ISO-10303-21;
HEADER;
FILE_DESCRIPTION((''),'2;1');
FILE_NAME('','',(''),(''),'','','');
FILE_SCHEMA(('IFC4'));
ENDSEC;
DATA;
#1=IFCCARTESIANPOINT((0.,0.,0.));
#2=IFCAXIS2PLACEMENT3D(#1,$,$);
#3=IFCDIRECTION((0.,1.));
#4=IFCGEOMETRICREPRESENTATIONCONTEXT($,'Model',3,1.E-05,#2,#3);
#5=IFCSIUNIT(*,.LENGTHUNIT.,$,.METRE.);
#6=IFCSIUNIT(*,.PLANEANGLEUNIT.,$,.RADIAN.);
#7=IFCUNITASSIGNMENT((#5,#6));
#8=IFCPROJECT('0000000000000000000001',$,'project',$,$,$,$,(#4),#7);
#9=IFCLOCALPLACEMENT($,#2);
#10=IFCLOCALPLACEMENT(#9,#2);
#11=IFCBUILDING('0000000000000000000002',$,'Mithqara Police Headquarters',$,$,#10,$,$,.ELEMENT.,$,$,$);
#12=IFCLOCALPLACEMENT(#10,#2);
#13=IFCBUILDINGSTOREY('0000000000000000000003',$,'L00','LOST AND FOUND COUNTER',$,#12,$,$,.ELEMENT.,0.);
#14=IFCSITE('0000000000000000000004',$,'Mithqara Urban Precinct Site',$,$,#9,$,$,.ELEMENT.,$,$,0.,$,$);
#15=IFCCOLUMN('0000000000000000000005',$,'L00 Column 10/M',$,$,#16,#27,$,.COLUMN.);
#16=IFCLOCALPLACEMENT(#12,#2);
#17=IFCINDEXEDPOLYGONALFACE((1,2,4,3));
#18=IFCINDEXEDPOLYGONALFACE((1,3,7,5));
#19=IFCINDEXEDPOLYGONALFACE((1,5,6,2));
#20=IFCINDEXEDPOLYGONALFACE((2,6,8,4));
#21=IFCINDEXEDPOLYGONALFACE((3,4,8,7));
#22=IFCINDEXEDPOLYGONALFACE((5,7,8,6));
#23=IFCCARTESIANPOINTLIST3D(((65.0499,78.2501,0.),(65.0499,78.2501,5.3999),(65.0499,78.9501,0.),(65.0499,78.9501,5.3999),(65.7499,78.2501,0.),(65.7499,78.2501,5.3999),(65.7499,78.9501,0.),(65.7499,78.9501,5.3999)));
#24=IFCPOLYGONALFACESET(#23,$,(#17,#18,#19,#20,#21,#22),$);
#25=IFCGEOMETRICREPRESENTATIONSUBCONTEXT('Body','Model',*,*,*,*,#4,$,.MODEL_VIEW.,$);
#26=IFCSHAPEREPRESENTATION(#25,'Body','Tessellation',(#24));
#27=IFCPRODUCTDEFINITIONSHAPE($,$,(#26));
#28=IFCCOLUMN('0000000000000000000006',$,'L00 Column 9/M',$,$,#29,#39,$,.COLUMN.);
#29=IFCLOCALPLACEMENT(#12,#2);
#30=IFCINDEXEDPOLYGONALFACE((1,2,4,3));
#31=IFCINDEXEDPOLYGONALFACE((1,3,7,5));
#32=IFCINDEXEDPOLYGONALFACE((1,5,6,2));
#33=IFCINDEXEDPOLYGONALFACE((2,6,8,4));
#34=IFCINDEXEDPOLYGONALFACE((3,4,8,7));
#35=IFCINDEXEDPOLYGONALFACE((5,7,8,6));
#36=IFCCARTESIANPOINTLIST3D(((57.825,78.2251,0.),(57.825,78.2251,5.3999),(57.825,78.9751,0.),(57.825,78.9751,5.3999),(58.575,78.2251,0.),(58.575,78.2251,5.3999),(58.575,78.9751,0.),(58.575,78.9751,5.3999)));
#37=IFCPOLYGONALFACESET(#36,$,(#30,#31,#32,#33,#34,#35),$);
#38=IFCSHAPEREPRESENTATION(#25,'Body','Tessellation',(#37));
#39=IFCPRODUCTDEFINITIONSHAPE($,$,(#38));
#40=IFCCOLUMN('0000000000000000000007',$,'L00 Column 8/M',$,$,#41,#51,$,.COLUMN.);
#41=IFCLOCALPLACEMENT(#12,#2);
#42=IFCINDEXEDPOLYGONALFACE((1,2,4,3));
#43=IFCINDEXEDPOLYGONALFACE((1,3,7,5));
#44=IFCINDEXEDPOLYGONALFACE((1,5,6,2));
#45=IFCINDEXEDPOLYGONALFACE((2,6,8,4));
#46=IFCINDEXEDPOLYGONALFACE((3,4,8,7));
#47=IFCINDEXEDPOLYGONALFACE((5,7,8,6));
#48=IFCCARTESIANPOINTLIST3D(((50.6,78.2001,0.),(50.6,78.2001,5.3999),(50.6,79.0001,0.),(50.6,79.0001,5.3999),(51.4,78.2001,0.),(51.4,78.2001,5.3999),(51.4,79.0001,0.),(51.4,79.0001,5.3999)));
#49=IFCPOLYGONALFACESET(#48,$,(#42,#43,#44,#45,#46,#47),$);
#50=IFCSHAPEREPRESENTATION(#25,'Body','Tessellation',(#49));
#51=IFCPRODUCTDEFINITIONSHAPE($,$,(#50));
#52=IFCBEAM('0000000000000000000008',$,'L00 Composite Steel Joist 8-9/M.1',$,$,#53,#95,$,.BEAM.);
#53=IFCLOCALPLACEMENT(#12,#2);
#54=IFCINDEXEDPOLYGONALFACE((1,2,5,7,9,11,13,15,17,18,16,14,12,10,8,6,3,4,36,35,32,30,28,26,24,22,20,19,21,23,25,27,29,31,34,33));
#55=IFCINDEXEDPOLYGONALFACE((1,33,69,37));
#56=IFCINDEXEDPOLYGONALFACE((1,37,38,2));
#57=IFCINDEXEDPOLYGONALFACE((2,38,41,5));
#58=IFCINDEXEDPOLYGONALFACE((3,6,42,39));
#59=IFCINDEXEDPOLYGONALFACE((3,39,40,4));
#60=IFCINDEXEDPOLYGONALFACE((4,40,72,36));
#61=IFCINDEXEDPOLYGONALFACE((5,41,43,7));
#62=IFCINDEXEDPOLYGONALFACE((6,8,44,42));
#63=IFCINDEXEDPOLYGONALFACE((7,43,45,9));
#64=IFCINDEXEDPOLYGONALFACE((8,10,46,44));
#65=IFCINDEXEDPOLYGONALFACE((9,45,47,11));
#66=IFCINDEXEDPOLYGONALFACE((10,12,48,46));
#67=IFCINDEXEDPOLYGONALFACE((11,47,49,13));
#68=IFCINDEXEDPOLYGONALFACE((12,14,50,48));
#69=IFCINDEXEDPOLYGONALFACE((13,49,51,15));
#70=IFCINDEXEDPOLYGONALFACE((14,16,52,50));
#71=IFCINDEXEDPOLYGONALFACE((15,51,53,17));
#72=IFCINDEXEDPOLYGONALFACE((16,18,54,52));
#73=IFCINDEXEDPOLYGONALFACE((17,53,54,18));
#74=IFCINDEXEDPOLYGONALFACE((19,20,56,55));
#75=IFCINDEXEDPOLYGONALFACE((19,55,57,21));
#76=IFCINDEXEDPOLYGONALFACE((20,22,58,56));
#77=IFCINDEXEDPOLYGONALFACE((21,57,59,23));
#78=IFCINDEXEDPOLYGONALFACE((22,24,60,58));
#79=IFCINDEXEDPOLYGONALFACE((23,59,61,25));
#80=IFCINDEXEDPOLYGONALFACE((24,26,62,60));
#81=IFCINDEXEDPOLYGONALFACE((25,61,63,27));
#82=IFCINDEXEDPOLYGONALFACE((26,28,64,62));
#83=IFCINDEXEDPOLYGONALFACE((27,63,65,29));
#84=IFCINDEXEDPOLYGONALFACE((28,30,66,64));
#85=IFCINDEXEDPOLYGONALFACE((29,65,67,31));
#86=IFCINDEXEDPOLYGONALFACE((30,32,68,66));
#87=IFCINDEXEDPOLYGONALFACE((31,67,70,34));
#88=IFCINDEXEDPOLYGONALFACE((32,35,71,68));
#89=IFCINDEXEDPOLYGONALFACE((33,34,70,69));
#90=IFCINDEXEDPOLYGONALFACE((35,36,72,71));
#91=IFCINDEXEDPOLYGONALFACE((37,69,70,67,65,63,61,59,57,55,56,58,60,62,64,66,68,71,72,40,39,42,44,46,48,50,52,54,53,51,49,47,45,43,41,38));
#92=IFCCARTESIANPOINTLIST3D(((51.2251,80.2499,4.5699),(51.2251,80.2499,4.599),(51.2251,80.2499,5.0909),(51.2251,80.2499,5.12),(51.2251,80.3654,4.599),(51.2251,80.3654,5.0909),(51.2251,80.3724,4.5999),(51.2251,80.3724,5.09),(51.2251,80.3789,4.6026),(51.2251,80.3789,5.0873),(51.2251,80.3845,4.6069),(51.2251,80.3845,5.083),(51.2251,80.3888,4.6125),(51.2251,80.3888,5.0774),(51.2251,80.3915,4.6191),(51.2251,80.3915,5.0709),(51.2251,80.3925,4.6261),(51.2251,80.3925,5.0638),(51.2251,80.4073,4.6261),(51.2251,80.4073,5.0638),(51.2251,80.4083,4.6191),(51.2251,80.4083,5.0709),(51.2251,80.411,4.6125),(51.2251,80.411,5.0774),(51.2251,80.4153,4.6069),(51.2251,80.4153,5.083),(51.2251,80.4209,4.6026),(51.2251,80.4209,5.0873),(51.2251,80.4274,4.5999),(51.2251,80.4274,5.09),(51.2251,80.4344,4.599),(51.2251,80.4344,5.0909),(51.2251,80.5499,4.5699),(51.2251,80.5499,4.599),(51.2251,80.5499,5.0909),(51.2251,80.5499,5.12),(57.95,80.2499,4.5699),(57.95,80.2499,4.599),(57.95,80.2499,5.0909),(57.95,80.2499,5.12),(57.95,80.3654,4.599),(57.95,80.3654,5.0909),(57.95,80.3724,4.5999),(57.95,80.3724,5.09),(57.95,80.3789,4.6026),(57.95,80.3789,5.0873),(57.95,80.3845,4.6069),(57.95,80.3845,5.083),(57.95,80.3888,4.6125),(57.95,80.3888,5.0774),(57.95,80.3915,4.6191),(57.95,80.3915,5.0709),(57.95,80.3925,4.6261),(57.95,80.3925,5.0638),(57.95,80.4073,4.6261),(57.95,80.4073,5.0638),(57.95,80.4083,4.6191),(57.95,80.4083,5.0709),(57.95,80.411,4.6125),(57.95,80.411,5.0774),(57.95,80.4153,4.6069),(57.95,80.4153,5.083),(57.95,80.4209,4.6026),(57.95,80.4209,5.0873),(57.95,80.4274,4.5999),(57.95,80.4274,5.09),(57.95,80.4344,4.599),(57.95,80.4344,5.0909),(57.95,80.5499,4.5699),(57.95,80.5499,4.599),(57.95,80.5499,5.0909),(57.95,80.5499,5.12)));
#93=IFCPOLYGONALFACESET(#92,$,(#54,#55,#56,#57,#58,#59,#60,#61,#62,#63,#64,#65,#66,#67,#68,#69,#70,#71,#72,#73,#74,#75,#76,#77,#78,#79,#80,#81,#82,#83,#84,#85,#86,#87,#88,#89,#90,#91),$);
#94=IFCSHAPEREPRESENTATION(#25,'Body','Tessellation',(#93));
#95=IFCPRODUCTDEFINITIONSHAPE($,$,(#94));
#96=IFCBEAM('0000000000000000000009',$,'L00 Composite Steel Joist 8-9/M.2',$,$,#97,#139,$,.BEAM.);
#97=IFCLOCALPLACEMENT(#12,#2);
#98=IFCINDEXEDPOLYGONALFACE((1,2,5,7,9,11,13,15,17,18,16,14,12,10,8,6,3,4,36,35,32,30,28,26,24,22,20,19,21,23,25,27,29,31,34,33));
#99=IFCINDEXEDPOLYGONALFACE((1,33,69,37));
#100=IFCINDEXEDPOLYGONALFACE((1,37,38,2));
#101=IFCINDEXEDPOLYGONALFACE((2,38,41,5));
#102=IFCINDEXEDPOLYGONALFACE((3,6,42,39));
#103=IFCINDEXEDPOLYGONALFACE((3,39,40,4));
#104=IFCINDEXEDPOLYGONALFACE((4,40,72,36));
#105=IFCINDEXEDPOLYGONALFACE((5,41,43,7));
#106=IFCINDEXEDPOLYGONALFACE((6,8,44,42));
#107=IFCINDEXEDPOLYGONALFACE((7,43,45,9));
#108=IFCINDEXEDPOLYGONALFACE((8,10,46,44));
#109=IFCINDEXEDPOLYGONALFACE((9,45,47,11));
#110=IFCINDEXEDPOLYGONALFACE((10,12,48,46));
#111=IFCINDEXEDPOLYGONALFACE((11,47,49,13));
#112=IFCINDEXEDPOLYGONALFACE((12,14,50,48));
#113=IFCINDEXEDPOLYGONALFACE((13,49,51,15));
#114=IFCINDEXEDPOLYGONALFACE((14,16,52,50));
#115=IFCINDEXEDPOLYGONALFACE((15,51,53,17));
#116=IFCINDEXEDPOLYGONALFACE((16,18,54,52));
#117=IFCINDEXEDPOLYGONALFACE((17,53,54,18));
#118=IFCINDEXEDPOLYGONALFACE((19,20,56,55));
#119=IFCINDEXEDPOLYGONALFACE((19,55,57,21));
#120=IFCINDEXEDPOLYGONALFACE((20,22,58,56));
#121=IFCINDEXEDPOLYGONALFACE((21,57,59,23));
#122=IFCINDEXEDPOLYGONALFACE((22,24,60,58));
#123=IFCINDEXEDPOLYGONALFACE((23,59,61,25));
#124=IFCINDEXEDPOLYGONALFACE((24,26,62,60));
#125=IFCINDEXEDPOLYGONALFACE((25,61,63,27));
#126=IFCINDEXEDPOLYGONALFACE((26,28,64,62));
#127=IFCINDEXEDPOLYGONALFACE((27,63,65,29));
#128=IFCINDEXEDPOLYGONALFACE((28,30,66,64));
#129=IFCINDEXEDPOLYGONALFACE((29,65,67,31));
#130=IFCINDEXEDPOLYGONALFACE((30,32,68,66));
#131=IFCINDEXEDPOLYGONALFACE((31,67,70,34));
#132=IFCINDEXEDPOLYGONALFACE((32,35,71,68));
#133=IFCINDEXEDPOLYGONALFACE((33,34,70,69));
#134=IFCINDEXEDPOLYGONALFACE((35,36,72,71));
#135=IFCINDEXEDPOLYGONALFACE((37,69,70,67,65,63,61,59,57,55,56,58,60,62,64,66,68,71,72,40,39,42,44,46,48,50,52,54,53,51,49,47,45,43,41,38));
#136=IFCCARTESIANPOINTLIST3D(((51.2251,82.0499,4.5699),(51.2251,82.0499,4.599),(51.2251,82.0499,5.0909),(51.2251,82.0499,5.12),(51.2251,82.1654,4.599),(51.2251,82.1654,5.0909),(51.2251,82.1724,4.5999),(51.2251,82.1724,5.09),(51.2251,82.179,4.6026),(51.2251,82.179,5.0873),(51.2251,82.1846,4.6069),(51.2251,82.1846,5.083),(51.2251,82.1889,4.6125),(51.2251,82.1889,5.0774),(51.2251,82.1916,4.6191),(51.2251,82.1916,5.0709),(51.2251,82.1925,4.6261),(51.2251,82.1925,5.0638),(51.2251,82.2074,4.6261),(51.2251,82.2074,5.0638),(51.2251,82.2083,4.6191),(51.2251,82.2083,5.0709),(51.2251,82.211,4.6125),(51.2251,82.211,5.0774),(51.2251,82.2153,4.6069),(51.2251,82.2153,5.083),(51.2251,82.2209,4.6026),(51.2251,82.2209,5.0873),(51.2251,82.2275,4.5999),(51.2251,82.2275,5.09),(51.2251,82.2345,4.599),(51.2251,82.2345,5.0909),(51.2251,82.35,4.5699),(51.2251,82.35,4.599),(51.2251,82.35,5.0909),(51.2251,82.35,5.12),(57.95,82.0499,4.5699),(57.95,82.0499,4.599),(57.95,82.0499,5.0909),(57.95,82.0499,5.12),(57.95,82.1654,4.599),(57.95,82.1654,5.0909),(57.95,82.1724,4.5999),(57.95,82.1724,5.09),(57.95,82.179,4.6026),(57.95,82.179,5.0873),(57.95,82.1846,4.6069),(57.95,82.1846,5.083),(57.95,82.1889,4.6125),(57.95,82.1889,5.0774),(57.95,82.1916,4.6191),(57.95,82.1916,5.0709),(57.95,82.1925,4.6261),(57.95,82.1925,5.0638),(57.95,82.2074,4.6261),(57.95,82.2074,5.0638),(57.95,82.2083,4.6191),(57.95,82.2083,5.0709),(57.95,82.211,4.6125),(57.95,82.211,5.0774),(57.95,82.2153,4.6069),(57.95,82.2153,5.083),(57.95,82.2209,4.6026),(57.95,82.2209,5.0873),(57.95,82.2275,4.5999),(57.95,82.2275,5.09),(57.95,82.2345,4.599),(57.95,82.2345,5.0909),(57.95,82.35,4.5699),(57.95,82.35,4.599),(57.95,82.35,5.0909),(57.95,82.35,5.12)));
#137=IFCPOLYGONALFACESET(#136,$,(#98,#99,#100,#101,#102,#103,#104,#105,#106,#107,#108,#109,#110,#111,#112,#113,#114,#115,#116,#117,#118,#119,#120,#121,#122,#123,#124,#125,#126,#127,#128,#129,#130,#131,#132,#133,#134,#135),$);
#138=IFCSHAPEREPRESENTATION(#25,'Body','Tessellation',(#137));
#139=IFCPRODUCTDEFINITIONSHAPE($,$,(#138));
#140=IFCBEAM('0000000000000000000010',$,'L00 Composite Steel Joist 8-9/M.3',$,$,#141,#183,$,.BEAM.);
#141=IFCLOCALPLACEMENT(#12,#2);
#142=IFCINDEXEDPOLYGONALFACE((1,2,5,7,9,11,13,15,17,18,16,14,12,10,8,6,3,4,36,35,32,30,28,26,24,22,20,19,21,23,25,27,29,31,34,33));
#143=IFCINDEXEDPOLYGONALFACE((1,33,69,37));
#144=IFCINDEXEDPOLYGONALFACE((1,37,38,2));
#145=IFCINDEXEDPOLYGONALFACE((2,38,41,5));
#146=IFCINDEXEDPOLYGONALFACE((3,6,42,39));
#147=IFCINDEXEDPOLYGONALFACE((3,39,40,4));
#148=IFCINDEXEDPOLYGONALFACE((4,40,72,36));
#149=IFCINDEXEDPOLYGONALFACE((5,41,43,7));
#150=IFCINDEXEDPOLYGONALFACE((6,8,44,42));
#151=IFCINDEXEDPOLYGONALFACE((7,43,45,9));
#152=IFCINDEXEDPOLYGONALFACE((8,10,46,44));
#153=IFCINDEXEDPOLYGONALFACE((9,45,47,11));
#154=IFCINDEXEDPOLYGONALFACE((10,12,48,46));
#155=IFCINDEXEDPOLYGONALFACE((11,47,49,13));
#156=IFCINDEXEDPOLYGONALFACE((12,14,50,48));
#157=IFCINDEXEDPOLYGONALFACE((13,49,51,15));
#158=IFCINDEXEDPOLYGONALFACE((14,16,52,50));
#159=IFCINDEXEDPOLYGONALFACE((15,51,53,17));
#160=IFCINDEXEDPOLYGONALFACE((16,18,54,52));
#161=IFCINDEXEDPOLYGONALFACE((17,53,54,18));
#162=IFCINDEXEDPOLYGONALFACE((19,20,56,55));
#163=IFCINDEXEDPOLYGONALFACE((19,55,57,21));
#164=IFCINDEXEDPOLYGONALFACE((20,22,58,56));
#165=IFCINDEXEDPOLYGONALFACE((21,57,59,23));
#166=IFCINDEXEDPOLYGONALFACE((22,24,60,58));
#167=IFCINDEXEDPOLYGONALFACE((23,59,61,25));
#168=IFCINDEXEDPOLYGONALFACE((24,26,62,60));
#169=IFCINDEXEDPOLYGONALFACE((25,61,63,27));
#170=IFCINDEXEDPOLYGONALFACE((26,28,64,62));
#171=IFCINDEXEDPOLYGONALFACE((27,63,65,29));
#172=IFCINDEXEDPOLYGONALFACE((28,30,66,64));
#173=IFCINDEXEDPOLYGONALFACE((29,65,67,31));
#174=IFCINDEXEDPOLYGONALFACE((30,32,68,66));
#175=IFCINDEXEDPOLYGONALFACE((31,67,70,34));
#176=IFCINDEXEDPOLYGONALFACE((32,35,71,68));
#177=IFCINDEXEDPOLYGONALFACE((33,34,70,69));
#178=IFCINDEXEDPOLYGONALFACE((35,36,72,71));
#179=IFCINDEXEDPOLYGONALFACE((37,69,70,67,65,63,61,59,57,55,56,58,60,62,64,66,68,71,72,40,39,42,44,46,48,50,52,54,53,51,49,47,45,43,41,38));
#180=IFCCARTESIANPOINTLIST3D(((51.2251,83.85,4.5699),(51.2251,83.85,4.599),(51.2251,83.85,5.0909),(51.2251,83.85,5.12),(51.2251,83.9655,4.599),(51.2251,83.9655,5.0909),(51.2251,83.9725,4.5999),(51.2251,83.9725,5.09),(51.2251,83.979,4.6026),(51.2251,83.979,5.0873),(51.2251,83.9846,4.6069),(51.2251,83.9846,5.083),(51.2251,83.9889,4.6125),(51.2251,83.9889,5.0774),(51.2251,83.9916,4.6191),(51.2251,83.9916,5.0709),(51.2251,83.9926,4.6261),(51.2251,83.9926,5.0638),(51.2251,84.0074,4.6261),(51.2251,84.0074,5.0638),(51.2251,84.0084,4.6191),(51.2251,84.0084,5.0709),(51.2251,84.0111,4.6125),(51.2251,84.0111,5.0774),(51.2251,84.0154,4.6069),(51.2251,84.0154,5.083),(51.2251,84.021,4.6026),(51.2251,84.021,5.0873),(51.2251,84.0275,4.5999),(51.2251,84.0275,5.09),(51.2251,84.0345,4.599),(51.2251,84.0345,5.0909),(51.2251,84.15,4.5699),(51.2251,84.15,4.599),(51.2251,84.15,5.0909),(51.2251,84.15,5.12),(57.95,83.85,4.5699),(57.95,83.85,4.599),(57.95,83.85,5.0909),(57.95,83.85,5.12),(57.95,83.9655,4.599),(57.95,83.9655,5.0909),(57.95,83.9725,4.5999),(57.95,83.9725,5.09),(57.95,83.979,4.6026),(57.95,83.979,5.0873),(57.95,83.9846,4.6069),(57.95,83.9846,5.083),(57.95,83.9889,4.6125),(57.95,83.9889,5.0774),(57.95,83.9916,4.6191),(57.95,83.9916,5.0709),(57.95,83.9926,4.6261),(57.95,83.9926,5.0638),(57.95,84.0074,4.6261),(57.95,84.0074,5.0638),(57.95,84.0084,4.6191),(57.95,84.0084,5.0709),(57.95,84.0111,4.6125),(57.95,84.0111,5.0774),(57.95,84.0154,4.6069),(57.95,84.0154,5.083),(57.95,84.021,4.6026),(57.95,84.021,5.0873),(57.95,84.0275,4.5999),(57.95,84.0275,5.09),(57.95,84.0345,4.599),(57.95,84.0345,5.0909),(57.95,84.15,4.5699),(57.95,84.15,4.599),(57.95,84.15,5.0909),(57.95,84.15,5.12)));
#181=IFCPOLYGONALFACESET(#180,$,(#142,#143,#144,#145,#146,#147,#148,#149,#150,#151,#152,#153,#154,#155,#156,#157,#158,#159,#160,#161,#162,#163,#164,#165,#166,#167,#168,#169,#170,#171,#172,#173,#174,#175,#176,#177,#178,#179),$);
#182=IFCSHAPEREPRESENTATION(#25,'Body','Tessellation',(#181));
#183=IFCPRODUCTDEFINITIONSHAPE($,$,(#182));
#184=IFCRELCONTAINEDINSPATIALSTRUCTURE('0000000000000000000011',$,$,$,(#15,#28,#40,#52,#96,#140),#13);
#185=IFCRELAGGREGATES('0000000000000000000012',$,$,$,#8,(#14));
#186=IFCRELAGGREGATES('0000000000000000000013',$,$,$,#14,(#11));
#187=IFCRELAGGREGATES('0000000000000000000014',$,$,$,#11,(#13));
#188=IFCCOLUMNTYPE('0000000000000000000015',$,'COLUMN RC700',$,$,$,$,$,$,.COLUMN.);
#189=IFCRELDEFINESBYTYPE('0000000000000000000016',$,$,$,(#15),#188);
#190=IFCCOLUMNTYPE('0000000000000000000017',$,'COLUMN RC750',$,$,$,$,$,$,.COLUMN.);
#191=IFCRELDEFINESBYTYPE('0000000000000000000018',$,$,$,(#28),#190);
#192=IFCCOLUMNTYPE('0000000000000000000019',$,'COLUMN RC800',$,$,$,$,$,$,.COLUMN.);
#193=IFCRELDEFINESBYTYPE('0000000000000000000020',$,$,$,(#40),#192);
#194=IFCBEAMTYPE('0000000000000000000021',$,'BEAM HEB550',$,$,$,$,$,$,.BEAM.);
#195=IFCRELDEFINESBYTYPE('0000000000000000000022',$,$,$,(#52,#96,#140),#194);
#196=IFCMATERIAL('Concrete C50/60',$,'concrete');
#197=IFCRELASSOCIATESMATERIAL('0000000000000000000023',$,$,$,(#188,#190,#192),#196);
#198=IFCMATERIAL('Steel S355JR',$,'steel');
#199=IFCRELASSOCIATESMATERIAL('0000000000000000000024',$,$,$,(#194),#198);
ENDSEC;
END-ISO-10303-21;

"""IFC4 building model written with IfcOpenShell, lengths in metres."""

from ifc_helpers import new_model, si_unit, direction, frame, origin, origin_2d, place, context, subcontext, project, spatial, rectangle, i_section, extrude, material, material_profile, profile_set, type_object, element, save


model = new_model("IFC4")

# Units and contexts
model_context = context("Model", 3, precision=1e-05, world=origin(), true_north=direction((0.0, 1.0)))
body_context = subcontext(model_context, "Body", "Model", "MODEL_VIEW")
ifc_project = project(units=[si_unit("LENGTHUNIT", "METRE"), si_unit("PLANEANGLEUNIT", "RADIAN")], contexts=[model_context])

# Site, building, storey
site_placement = place(None, origin())
site = spatial("IfcSite", under=ifc_project, at=site_placement, Name="Mithqara Urban Precinct Site", CompositionType="ELEMENT", RefElevation=0.0)
building_placement = place(site_placement, origin())
building = spatial("IfcBuilding", under=site, at=building_placement, Name="Mithqara Police Headquarters", CompositionType="ELEMENT")
storey_placement = place(building_placement, origin())
storey = spatial("IfcBuildingStorey", under=building, at=storey_placement, Name="L00", Description="LOST AND FOUND COUNTER", CompositionType="ELEMENT", Elevation=0.0)

# Columns
ifc_material_1 = material(Name="Concrete C50/60", Category="concrete")
ifc_material_profile_1 = material_profile(ifc_material_1, rectangle(XDim=0.7, YDim=0.7, at=origin_2d()), Name="RC 700x700")
ifc_profile_set_1 = profile_set([ifc_material_profile_1], Name="Concrete C50/60")
column_type_1 = type_object("IfcColumnType", Name="COLUMN RC700", PredefinedType="COLUMN", material=ifc_profile_set_1)
column_1_placement = place(storey_placement, frame((65.3999, 78.6001, 0.0), z_axis=(0.0, 0.0, 1.0), x_axis=(1.0, 0.0, 0.0)))
element("IfcColumn", 1, at=column_1_placement, inside=storey, type_object=column_type_1, Name="L00 Column 10/M", PredefinedType="COLUMN", context=body_context, shape_type="SweptSolid", body=[
    extrude(rectangle(XDim=0.7, YDim=0.7, at=origin_2d()), origin(), (0.0, 0.0, 1.0), 5.3999),
])
ifc_material_profile_2 = material_profile(ifc_material_1, rectangle(XDim=0.75, YDim=0.75, at=origin_2d()), Name="RC 750x750")
ifc_profile_set_2 = profile_set([ifc_material_profile_2], Name="Concrete C50/60")
column_type_2 = type_object("IfcColumnType", Name="COLUMN RC750", PredefinedType="COLUMN", material=ifc_profile_set_2)
column_2_placement = place(storey_placement, frame((58.2, 78.6001, 0.0), z_axis=(0.0, 0.0, 1.0), x_axis=(1.0, 0.0, 0.0)))
element("IfcColumn", 2, at=column_2_placement, inside=storey, type_object=column_type_2, Name="L00 Column 9/M", PredefinedType="COLUMN", context=body_context, shape_type="SweptSolid", body=[
    extrude(rectangle(XDim=0.75, YDim=0.75, at=origin_2d()), origin(), (0.0, 0.0, 1.0), 5.3999),
])
ifc_material_profile_3 = material_profile(ifc_material_1, rectangle(XDim=0.8, YDim=0.8, at=origin_2d()), Name="RC 800x800")
ifc_profile_set_3 = profile_set([ifc_material_profile_3], Name="Concrete C50/60")
column_type_3 = type_object("IfcColumnType", Name="COLUMN RC800", PredefinedType="COLUMN", material=ifc_profile_set_3)
column_3_placement = place(storey_placement, frame((51.0, 78.6001, 0.0), z_axis=(0.0, 0.0, 1.0), x_axis=(1.0, 0.0, 0.0)))
element("IfcColumn", 3, at=column_3_placement, inside=storey, type_object=column_type_3, Name="L00 Column 8/M", PredefinedType="COLUMN", context=body_context, shape_type="SweptSolid", body=[
    extrude(rectangle(XDim=0.8, YDim=0.8, at=origin_2d()), origin(), (0.0, 0.0, 1.0), 5.3999),
])

# Beams
ifc_material_2 = material(Name="Steel S355JR", Category="steel")
ifc_material_profile_4 = material_profile(ifc_material_2, i_section(OverallWidth=0.3, OverallDepth=0.55, WebThickness=0.0149, FlangeThickness=0.0291, FilletRadius=0.0271, at=origin_2d()), Name="HEB 550")
ifc_profile_set_4 = profile_set([ifc_material_profile_4], Name="Steel S355JR")
beam_type_1 = type_object("IfcBeamType", Name="BEAM HEB550", PredefinedType="BEAM", material=ifc_profile_set_4)
for number, where, z_axis, x_axis, name in (
    (4, (51.2251, 80.3999, 4.845), (1.0, 0.0, 0.0), (0.0, 1.0, 0.0), "L00 Composite Steel Joist 8-9/M.1"),
    (5, (51.2251, 82.2, 4.845), (1.0, 0.0, 0.0), (0.0, 1.0, 0.0), "L00 Composite Steel Joist 8-9/M.2"),
    (6, (51.2251, 84.0, 4.845), (1.0, 0.0, 0.0), (0.0, 1.0, 0.0), "L00 Composite Steel Joist 8-9/M.3"),
):
    element("IfcBeam", number, at=place(storey_placement, frame(where, z_axis=z_axis, x_axis=x_axis)), inside=storey, type_object=beam_type_1, Name=name, PredefinedType="BEAM", context=body_context, shape_type="SweptSolid", body=[
        extrude(i_section(OverallWidth=0.3, OverallDepth=0.55, WebThickness=0.0149, FlangeThickness=0.0291, FilletRadius=0.0271, at=origin_2d()), origin(), (0.0, 0.0, 1.0), 6.7249),
    ])

save(model, "model.ifc")
